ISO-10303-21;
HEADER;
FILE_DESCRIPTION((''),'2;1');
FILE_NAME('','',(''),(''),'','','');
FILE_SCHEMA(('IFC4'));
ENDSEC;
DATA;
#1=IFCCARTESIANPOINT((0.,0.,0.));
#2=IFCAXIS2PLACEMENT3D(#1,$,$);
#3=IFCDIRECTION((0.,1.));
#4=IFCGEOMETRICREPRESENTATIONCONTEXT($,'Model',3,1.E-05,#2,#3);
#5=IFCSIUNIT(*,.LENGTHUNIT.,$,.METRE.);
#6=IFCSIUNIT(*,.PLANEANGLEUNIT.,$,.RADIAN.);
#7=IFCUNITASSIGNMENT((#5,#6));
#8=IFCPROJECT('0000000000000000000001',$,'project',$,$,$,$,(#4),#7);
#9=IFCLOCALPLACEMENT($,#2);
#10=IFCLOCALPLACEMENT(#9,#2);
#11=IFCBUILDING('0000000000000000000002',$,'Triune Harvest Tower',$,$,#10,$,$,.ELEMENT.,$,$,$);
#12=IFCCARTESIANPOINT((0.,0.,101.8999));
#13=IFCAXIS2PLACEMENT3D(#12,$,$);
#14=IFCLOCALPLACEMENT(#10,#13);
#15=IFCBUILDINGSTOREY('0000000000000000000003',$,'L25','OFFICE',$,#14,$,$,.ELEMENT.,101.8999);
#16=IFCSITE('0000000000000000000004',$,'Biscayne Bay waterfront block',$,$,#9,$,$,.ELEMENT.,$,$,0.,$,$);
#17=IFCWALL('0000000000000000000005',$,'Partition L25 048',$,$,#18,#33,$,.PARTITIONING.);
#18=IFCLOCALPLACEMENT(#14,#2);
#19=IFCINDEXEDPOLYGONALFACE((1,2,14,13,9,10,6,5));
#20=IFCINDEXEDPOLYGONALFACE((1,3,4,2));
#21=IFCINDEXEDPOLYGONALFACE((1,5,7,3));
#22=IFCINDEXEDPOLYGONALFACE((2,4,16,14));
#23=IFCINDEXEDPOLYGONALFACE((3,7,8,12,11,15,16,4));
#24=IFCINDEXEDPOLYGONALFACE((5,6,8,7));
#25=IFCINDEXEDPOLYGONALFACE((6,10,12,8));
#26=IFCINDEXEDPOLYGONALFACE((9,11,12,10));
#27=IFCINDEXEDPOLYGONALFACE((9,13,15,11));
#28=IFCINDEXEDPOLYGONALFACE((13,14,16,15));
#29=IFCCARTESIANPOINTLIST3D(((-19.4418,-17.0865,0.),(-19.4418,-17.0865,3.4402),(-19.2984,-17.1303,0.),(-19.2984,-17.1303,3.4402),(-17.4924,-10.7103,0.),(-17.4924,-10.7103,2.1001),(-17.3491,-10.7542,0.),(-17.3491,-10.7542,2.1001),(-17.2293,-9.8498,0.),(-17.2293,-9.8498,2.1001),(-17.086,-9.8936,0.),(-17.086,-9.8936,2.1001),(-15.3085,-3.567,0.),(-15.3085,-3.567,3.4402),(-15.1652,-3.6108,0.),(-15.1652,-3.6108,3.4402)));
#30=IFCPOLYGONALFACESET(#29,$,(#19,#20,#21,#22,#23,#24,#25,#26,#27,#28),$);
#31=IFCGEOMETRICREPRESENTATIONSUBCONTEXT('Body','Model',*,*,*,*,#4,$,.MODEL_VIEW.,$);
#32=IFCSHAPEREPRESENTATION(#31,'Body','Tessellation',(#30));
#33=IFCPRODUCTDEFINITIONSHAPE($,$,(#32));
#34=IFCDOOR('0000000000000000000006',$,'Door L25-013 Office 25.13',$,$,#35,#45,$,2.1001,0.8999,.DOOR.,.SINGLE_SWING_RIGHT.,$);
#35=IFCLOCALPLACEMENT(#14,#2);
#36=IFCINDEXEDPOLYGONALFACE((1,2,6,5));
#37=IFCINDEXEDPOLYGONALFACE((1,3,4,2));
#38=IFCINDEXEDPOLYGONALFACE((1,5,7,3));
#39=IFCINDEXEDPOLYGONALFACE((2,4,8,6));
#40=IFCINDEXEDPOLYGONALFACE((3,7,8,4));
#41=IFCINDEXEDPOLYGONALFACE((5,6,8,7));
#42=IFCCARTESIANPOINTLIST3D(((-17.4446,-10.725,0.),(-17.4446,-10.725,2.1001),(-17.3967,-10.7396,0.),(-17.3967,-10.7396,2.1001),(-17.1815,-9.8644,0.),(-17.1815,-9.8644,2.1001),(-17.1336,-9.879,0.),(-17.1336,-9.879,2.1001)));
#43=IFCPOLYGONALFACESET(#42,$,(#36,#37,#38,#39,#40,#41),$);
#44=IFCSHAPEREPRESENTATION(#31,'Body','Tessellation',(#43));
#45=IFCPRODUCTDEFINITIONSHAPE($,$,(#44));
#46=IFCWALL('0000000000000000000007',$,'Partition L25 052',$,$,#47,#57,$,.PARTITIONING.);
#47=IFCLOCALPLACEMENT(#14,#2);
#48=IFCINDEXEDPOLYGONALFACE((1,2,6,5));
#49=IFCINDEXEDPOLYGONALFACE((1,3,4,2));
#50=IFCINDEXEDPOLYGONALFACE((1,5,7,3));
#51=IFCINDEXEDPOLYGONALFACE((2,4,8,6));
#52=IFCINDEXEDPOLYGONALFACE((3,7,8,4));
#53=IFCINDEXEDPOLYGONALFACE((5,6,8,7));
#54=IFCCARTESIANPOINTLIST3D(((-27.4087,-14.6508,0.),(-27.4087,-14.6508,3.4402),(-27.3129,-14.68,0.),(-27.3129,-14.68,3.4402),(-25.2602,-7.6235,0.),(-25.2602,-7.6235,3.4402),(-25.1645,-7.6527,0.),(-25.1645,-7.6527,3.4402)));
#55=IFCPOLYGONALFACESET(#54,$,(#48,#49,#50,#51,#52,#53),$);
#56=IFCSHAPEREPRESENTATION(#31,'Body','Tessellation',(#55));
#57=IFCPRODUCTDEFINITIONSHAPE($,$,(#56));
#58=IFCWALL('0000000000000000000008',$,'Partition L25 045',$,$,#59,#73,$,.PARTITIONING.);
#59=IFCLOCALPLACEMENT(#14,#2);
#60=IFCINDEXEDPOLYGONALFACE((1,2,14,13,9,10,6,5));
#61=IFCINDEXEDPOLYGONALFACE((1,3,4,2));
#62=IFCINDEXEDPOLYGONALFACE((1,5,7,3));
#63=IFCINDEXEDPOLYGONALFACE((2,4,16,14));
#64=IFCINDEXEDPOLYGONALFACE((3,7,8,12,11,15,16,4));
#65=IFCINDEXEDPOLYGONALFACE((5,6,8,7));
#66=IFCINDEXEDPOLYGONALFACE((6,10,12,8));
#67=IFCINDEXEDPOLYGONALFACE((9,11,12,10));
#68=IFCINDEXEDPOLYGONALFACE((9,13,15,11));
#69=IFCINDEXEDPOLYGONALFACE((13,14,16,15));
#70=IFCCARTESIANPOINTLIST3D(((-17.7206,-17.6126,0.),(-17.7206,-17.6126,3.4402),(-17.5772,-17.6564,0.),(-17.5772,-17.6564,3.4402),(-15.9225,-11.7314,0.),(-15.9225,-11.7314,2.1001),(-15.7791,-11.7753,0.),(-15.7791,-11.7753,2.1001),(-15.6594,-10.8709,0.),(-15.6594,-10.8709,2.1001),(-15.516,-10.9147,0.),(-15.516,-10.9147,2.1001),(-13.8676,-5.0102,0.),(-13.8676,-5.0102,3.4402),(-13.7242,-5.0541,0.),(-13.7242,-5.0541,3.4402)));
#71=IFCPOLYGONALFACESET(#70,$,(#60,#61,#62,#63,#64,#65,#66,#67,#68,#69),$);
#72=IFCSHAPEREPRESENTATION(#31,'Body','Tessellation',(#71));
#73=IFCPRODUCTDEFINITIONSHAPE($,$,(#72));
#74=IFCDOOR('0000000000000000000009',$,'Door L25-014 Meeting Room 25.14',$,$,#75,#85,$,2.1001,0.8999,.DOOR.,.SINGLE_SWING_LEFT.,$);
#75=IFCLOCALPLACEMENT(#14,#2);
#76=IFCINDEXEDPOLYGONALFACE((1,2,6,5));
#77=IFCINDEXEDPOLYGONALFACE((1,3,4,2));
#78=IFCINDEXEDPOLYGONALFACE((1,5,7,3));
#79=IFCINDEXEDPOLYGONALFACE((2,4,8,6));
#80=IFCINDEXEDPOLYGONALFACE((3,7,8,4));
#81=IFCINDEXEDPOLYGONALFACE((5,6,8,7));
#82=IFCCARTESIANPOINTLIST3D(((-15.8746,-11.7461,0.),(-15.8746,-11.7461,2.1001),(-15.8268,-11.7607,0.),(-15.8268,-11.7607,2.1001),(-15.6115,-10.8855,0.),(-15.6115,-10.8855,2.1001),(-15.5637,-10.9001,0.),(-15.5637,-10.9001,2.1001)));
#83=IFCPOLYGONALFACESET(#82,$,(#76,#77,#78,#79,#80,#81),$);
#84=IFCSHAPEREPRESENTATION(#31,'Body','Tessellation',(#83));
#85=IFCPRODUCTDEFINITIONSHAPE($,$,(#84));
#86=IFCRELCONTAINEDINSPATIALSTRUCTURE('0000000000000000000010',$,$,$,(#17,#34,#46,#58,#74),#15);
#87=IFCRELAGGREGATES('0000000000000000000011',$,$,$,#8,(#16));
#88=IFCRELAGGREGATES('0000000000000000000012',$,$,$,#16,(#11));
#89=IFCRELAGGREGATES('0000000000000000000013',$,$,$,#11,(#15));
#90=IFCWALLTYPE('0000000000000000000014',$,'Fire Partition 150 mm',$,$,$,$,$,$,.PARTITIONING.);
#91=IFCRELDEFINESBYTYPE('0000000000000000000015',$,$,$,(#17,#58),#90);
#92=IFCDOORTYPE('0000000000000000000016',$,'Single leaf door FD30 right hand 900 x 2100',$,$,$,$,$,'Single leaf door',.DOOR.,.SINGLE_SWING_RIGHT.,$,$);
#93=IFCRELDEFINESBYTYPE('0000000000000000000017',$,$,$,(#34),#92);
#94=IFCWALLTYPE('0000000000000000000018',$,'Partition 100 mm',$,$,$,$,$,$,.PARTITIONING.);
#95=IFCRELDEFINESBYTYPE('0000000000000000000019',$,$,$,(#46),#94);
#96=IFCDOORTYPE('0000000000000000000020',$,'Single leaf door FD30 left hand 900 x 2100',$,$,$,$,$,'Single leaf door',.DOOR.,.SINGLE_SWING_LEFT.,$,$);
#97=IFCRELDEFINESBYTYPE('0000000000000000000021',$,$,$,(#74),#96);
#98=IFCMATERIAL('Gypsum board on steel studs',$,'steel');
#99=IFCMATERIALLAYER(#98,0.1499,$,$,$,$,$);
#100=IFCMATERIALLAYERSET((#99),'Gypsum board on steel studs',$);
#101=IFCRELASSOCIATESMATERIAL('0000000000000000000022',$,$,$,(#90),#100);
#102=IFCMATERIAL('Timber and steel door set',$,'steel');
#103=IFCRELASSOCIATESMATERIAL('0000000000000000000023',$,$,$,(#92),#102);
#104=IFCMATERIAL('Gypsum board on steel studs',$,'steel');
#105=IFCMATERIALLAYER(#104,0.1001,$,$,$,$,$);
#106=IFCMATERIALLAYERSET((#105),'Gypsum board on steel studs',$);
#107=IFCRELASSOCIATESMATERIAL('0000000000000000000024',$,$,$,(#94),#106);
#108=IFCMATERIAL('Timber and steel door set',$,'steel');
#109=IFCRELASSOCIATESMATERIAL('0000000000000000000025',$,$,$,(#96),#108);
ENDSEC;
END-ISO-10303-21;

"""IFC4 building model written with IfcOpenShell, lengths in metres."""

from ifc_helpers import new_model, si_unit, direction, frame, frame_2d, origin, place, context, subcontext, project, spatial, rectangle, extrude, source, transform, mapped, material, layer, layer_set, type_object, element, fill, save


model = new_model("IFC4")

# Units and contexts
model_context = context("Model", 3, precision=1e-05, world=origin(), true_north=direction((0.0, 1.0)))
body_context = subcontext(model_context, "Body", "Model", "MODEL_VIEW")
ifc_project = project(units=[si_unit("LENGTHUNIT", "METRE"), si_unit("PLANEANGLEUNIT", "RADIAN")], contexts=[model_context])

# Site, building, storey
site_placement = place(None, origin())
site = spatial("IfcSite", under=ifc_project, at=site_placement, Name="Biscayne Bay waterfront block", CompositionType="ELEMENT", RefElevation=0.0)
building_placement = place(site_placement, origin())
building = spatial("IfcBuilding", under=site, at=building_placement, Name="Triune Harvest Tower", CompositionType="ELEMENT")
storey_placement = place(building_placement, frame((0.0, 0.0, 101.8999)))
storey = spatial("IfcBuildingStorey", under=building, at=storey_placement, Name="L25", Description="OFFICE", CompositionType="ELEMENT", Elevation=101.8999)

# Wall, opening, door
ifc_material_1 = material(Name="Gypsum board on steel studs", Category="steel")
ifc_layer_1 = layer(ifc_material_1, 0.1499)
ifc_layer_set_1 = layer_set([ifc_layer_1], Name="Gypsum board on steel studs")
wall_type_1 = type_object("IfcWallType", Name="Fire Partition 150 mm", PredefinedType="PARTITIONING", material=ifc_layer_set_1)
wall_1_placement = place(storey_placement, frame((-19.3701, -17.1084, 0.0), z_axis=(0.0, 0.0, 1.0), x_axis=(0.292369, 0.956305, 0.0)))
wall_1 = element("IfcWall", 1, at=wall_1_placement, inside=storey, type_object=wall_type_1, Name="Partition L25 048", PredefinedType="PARTITIONING", context=body_context, shape_type="SweptSolid", body=[
    extrude(rectangle(XDim=14.1372, YDim=0.1499, at=frame_2d((7.0686, 0.0))), origin(), (0.0, 0.0, 1.0), 3.4402),
])
opening_1_placement = place(wall_1_placement, frame((6.6675, 0.0, 0.0)))
opening_1 = element("IfcOpeningElement", 2, at=opening_1_placement, cuts=wall_1, PredefinedType="OPENING", context=body_context, shape_type="SweptSolid", body=[
    extrude(rectangle(XDim=0.8999, YDim=2.1001, at=frame_2d((0.45, 1.05))), frame((0.0, 0.085, 0.0), z_axis=(0.0, -1.0, 0.0), x_axis=(1.0, 0.0, 0.0)), (0.0, 0.0, 1.0), 0.1699),
])
ifc_material_2 = material(Name="Timber and steel door set", Category="steel")
door_type_1 = type_object("IfcDoorType", Name="Single leaf door FD30 right hand 900 x 2100", ElementType="Single leaf door", OperationType="SINGLE_SWING_RIGHT", PredefinedType="DOOR", material=ifc_material_2)
door_1_placement = place(opening_1_placement, origin())
door_1 = element("IfcDoor", 3, at=door_1_placement, inside=storey, type_object=door_type_1, Name="Door L25-013 Office 25.13", OperationType="SINGLE_SWING_RIGHT", OverallHeight=2.1001, OverallWidth=0.8999, PredefinedType="DOOR", context=body_context, shape_type="SweptSolid", body=[
    extrude(rectangle(XDim=0.8999, YDim=2.1001, at=frame_2d((0.45, 1.05))), frame((0.0, 0.0249, 0.0), z_axis=(0.0, -1.0, 0.0), x_axis=(1.0, 0.0, 0.0)), (0.0, 0.0, 1.0), 0.05),
])
fill(opening_1, door_1)

# Wall
ifc_material_3 = material(Name="Gypsum board on steel studs", Category="steel")
ifc_layer_2 = layer(ifc_material_3, 0.1001)
ifc_layer_set_2 = layer_set([ifc_layer_2], Name="Gypsum board on steel studs")
wall_type_2 = type_object("IfcWallType", Name="Partition 100 mm", PredefinedType="PARTITIONING", material=ifc_layer_set_2)
wall_2_placement = place(storey_placement, frame((-27.3608, -14.6655, 0.0), z_axis=(0.0, 0.0, 1.0), x_axis=(0.292367, 0.956306, 0.0)))
element("IfcWall", 4, at=wall_2_placement, inside=storey, type_object=wall_type_2, Name="Partition L25 052", PredefinedType="PARTITIONING", context=body_context, shape_type="SweptSolid", body=[
    extrude(rectangle(XDim=7.3484, YDim=0.1001, at=frame_2d((3.6743, 0.0))), origin(), (0.0, 0.0, 1.0), 3.4402),
])

# Wall, opening, door
shared_shape_1 = source(origin(), body_context, "Body", "SweptSolid", [
    extrude(rectangle(XDim=13.1782, YDim=0.1499, at=frame_2d((6.5891, 0.0))), origin(), (0.0, 0.0, 1.0), 3.4402),
])
wall_3_placement = place(storey_placement, frame((-17.6489, -17.6345, 0.0), z_axis=(0.0, 0.0, 1.0), x_axis=(0.29238, 0.956302, 0.0)))
wall_3 = element("IfcWall", 5, at=wall_3_placement, inside=storey, type_object=wall_type_1, Name="Partition L25 045", PredefinedType="PARTITIONING", context=body_context, shape_type="MappedRepresentation", body=[
    mapped(shared_shape_1, transform((0.0, 0.0, 0.0), scale=1.0)),
])
opening_2_placement = place(wall_3_placement, frame((6.1499, 0.0, 0.0)))
opening_2 = element("IfcOpeningElement", 6, at=opening_2_placement, cuts=wall_3, PredefinedType="OPENING", context=body_context, shape_type="SweptSolid", body=[
    extrude(rectangle(XDim=0.8999, YDim=2.1001, at=frame_2d((0.45, 1.05))), frame((0.0, 0.085, 0.0), z_axis=(0.0, -1.0, 0.0), x_axis=(1.0, 0.0, 0.0)), (0.0, 0.0, 1.0), 0.1699),
])
ifc_material_4 = material(Name="Timber and steel door set", Category="steel")
door_type_2 = type_object("IfcDoorType", Name="Single leaf door FD30 left hand 900 x 2100", ElementType="Single leaf door", OperationType="SINGLE_SWING_LEFT", PredefinedType="DOOR", material=ifc_material_4)
door_2_placement = place(opening_2_placement, origin())
door_2 = element("IfcDoor", 7, at=door_2_placement, inside=storey, type_object=door_type_2, Name="Door L25-014 Meeting Room 25.14", OperationType="SINGLE_SWING_LEFT", OverallHeight=2.1001, OverallWidth=0.8999, PredefinedType="DOOR", context=body_context, shape_type="SweptSolid", body=[
    extrude(rectangle(XDim=0.8999, YDim=2.1001, at=frame_2d((0.45, 1.05))), frame((0.0, 0.0249, 0.0), z_axis=(0.0, -1.0, 0.0), x_axis=(1.0, 0.0, 0.0)), (0.0, 0.0, 1.0), 0.05),
])
fill(opening_2, door_2)

save(model, "model.ifc")
